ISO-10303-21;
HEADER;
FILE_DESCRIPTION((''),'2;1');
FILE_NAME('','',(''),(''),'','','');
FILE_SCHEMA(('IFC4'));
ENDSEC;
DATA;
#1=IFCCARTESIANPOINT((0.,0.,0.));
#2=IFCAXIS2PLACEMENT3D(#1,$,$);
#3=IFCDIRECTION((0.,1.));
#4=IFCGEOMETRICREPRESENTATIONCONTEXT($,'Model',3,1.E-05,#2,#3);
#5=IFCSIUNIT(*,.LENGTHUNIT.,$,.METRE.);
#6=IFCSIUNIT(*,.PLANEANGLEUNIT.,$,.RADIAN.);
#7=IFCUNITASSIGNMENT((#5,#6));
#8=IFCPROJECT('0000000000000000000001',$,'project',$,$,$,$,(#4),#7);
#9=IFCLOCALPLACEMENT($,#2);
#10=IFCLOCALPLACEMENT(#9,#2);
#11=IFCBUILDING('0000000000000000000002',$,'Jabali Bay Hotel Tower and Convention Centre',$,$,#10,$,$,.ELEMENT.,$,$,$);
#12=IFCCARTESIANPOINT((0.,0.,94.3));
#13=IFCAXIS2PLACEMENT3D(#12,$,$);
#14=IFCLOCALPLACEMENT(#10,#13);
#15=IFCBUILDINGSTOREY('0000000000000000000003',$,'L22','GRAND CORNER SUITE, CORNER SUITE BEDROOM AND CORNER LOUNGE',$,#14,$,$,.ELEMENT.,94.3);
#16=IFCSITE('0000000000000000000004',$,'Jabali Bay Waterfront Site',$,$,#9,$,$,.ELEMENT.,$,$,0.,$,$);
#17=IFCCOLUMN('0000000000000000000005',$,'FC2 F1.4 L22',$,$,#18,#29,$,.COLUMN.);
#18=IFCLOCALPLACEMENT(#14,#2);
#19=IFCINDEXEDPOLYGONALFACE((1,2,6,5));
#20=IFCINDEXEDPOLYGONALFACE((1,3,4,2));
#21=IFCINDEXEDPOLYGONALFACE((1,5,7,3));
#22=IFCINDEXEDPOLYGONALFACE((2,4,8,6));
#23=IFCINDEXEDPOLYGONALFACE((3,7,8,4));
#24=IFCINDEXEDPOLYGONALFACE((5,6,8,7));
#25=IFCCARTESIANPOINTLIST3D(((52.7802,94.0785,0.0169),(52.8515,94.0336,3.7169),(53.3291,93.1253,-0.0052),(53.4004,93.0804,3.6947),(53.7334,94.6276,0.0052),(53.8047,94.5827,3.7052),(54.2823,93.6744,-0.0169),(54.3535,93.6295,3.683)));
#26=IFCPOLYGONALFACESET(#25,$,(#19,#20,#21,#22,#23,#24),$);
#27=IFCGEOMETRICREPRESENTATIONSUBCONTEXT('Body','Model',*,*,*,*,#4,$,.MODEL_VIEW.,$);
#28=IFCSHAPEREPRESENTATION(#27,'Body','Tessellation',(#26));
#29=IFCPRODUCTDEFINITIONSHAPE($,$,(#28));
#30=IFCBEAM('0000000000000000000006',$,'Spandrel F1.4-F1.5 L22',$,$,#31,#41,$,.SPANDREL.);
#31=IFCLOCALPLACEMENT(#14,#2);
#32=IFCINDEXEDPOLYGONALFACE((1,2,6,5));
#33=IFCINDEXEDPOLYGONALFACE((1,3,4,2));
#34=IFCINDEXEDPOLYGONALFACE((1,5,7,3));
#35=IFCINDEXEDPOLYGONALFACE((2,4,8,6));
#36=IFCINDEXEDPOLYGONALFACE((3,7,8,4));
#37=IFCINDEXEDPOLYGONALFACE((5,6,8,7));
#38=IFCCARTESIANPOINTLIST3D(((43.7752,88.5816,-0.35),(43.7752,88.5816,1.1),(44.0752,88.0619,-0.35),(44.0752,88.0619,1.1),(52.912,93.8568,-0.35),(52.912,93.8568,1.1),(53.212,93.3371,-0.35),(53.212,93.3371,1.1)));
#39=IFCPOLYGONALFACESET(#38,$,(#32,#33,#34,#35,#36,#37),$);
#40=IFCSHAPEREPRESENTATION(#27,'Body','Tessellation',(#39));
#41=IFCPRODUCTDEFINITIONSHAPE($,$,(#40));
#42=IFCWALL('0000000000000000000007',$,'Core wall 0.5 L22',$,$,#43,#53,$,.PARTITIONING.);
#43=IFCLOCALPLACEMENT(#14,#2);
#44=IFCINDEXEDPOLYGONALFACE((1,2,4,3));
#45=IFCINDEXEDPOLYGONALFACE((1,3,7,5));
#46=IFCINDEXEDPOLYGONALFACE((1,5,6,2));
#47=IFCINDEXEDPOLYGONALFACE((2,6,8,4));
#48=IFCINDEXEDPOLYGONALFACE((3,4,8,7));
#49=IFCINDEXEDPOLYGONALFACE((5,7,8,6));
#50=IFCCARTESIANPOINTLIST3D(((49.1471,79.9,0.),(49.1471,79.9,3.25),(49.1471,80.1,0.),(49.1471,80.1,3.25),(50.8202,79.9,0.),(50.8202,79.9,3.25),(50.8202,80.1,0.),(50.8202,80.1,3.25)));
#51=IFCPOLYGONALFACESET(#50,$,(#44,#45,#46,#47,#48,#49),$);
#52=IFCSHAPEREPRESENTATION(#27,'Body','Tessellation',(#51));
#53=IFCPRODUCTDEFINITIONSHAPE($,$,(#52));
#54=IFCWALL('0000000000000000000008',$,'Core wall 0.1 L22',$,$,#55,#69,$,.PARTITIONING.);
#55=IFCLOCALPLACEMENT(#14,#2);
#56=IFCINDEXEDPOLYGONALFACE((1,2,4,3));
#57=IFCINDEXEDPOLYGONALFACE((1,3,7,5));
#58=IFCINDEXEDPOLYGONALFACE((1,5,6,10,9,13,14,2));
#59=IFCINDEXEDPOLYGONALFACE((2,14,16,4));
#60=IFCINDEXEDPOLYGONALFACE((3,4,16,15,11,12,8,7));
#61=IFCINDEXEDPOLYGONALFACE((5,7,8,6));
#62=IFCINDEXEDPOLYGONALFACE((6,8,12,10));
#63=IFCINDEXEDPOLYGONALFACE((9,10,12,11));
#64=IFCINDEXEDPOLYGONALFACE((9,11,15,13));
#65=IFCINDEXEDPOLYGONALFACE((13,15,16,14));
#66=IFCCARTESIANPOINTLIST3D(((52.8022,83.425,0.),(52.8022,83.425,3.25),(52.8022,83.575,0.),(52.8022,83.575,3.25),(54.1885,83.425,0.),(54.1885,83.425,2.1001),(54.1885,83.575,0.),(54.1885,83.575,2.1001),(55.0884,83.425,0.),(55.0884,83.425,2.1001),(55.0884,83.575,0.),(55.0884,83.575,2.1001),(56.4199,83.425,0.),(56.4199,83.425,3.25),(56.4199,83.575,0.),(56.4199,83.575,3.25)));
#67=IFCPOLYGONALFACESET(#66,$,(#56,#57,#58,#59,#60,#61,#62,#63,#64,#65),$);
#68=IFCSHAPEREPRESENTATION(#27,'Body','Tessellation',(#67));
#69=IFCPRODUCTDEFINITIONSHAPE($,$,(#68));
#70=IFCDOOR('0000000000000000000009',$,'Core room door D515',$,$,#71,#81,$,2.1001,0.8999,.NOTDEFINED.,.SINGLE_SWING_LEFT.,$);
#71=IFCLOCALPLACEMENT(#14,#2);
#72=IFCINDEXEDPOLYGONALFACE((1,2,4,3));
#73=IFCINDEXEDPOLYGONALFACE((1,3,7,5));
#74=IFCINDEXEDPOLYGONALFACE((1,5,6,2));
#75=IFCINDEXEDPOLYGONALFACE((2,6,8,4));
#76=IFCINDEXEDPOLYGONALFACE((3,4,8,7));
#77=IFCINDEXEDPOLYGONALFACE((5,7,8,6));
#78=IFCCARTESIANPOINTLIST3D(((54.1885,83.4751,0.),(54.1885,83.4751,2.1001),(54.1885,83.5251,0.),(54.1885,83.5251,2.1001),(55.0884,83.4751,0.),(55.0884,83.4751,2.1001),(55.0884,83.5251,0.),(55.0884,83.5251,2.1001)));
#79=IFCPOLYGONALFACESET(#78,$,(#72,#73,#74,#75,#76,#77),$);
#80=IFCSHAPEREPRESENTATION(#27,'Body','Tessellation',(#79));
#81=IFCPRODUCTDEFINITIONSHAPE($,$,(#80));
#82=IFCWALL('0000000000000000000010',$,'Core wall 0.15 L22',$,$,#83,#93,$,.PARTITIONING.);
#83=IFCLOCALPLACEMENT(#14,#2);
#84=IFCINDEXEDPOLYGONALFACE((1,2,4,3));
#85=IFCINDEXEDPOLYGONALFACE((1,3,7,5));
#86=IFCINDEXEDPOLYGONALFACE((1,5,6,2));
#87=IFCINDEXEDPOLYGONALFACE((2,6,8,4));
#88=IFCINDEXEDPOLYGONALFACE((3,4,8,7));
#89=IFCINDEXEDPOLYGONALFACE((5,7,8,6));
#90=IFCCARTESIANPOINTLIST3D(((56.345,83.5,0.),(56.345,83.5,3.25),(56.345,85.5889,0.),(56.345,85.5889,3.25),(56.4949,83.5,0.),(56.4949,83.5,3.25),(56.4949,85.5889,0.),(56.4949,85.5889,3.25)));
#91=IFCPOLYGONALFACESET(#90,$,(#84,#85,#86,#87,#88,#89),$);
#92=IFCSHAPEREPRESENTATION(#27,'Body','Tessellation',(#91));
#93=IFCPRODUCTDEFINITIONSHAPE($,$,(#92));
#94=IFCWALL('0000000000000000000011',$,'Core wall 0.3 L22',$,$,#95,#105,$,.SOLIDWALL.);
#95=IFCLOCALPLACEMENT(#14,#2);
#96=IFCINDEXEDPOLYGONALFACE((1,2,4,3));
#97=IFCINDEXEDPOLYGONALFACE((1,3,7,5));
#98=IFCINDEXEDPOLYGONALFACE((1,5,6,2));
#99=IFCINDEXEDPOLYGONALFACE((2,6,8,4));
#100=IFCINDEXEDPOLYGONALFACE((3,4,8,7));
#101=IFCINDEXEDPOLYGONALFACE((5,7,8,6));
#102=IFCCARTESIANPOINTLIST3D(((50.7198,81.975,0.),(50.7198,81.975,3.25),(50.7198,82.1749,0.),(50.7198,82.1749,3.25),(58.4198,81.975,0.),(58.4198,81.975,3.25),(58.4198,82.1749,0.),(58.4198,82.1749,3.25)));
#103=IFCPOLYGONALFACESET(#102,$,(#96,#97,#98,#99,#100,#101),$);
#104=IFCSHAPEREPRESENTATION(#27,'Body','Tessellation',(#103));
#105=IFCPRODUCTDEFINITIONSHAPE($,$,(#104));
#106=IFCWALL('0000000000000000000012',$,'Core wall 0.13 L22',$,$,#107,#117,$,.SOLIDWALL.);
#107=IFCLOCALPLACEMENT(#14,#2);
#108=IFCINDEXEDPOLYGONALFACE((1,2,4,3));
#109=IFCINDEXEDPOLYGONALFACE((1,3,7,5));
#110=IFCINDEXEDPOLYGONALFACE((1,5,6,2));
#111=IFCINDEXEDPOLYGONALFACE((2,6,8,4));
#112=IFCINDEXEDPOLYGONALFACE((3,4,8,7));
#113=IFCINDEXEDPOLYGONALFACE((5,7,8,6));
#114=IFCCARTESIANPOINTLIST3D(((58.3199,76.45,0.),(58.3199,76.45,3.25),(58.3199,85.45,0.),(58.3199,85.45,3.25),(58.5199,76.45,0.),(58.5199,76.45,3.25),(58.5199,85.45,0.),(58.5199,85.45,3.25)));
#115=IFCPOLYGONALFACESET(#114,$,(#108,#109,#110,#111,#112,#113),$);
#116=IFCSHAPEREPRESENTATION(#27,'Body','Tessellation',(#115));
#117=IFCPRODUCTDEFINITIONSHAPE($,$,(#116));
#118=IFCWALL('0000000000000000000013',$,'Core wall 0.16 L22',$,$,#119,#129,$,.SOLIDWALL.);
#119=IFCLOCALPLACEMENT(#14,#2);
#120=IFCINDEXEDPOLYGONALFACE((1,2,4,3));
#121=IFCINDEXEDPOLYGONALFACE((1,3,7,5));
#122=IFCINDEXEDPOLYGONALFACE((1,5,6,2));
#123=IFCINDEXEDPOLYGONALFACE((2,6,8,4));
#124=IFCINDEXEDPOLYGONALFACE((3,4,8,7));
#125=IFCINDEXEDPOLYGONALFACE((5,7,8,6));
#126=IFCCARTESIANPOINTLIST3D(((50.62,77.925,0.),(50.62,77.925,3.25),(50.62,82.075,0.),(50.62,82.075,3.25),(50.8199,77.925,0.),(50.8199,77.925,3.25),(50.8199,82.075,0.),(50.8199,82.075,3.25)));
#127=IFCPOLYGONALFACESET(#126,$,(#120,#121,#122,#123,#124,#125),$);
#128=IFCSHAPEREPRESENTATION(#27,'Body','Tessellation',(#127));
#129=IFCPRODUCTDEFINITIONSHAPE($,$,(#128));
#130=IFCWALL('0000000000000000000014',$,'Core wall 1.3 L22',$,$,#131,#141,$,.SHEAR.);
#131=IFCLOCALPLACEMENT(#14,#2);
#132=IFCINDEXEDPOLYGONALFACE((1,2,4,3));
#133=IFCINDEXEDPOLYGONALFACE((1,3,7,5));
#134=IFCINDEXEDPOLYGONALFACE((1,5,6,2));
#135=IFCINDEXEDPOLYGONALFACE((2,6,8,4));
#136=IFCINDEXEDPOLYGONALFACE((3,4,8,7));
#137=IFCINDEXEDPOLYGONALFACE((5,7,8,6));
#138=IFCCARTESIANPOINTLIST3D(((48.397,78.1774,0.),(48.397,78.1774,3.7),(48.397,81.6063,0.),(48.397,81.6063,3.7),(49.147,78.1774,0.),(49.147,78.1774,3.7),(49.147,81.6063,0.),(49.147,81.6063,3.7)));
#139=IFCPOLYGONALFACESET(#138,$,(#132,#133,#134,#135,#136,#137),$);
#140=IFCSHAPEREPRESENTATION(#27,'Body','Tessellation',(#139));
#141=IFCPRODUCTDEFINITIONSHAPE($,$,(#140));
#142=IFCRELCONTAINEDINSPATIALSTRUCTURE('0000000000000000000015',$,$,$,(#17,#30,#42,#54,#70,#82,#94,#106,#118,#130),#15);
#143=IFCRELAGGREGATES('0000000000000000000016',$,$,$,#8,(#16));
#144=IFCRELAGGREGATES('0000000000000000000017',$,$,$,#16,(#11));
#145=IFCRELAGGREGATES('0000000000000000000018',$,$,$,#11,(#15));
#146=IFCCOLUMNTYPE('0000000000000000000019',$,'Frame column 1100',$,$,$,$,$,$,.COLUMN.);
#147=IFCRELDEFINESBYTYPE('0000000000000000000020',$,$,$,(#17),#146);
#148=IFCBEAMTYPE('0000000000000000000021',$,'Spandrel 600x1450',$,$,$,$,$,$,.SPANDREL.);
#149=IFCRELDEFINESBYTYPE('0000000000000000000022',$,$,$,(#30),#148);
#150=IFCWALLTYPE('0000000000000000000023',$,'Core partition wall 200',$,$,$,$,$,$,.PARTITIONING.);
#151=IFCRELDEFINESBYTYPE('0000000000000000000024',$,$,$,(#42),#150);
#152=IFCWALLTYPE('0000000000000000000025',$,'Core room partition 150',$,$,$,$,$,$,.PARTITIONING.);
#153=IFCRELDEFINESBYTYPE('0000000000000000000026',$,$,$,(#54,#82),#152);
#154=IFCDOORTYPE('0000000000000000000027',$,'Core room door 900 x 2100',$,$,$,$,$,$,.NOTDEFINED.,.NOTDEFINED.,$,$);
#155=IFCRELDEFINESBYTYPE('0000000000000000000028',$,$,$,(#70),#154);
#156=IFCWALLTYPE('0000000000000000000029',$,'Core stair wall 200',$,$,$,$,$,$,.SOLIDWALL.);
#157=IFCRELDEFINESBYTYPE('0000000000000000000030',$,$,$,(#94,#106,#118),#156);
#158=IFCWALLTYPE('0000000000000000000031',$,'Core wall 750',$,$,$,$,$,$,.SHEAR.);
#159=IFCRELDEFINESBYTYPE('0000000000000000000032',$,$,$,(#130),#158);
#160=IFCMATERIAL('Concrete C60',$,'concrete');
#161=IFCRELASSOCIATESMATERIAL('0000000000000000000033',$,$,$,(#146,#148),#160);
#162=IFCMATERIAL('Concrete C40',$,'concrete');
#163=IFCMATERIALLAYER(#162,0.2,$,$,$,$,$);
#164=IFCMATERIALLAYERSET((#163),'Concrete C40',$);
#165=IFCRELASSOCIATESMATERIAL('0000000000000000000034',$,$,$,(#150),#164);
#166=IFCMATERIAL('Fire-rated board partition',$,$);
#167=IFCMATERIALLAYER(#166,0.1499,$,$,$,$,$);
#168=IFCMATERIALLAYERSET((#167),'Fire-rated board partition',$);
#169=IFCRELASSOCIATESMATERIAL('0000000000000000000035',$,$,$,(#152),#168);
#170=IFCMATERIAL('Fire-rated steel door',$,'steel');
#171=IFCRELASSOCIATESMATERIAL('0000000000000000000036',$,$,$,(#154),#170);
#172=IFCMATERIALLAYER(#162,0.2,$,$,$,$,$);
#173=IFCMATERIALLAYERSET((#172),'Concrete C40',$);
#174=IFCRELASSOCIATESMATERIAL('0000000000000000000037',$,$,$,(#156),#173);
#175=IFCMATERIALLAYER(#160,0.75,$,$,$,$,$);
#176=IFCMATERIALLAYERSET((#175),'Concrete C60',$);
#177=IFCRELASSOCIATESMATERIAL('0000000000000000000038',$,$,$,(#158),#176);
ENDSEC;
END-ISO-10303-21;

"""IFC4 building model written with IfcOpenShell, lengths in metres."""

from ifc_helpers import new_model, si_unit, direction, frame, frame_2d, origin, origin_2d, place, context, subcontext, project, spatial, rectangle, extrude, material, layer, layer_set, material_profile, profile_set, type_object, element, fill, save


model = new_model("IFC4")

# Units and contexts
model_context = context("Model", 3, precision=1e-05, world=origin(), true_north=direction((0.0, 1.0)))
body_context = subcontext(model_context, "Body", "Model", "MODEL_VIEW")
ifc_project = project(units=[si_unit("LENGTHUNIT", "METRE"), si_unit("PLANEANGLEUNIT", "RADIAN")], contexts=[model_context])

# Site, building, storey
site_placement = place(None, origin())
site = spatial("IfcSite", under=ifc_project, at=site_placement, Name="Jabali Bay Waterfront Site", CompositionType="ELEMENT", RefElevation=0.0)
building_placement = place(site_placement, origin())
building = spatial("IfcBuilding", under=site, at=building_placement, Name="Jabali Bay Hotel Tower and Convention Centre", CompositionType="ELEMENT")
storey_placement = place(building_placement, frame((0.0, 0.0, 94.3)))
storey = spatial("IfcBuildingStorey", under=building, at=storey_placement, Name="L22", Description="GRAND CORNER SUITE, CORNER SUITE BEDROOM AND CORNER LOUNGE", CompositionType="ELEMENT", Elevation=94.3)

# Column
ifc_material_1 = material(Name="Concrete C60", Category="concrete")
ifc_material_profile_1 = material_profile(ifc_material_1, rectangle(XDim=1.1001, YDim=1.1001, at=origin_2d()), Name="Frame column 1100")
ifc_profile_set_1 = profile_set([ifc_material_profile_1], Name="Concrete C60")
column_type = type_object("IfcColumnType", Name="Frame column 1100", PredefinedType="COLUMN", material=ifc_profile_set_1)
column_placement = place(storey_placement, frame((53.5312, 93.8765, 0.0), z_axis=(0.019263, -0.012138, 0.999741), x_axis=(-0.498875, 0.86644, 0.020132)))
element("IfcColumn", 1, at=column_placement, inside=storey, type_object=column_type, Name="FC2 F1.4 L22", PredefinedType="COLUMN", context=body_context, shape_type="SweptSolid", body=[
    extrude(rectangle(XDim=1.1001, YDim=1.1001, at=origin_2d()), origin(), (0.0, 0.0, 1.0), 3.7009),
])

# Beam
ifc_material_profile_2 = material_profile(ifc_material_1, rectangle(XDim=0.6001, YDim=1.45, at=origin_2d()), Name="Spandrel 600x1450")
ifc_profile_set_2 = profile_set([ifc_material_profile_2], Name="Concrete C60")
beam_type = type_object("IfcBeamType", Name="Spandrel 600x1450", PredefinedType="SPANDREL", material=ifc_profile_set_2)
beam_placement = place(storey_placement, frame((53.062, 93.5969, 0.375), z_axis=(-0.866023, -0.500004, 0.0), x_axis=(0.500004, -0.866023, 0.0)))
element("IfcBeam", 2, at=beam_placement, inside=storey, type_object=beam_type, Name="Spandrel F1.4-F1.5 L22", PredefinedType="SPANDREL", context=body_context, shape_type="SweptSolid", body=[
    extrude(rectangle(XDim=0.6001, YDim=1.45, at=origin_2d()), origin(), (0.0, 0.0, 1.0), 10.5503),
])

# Wall
ifc_material_2 = material(Name="Concrete C40", Category="concrete")
ifc_layer_1 = layer(ifc_material_2, 0.2)
ifc_layer_set_1 = layer_set([ifc_layer_1], Name="Concrete C40")
wall_type_1 = type_object("IfcWallType", Name="Core partition wall 200", PredefinedType="PARTITIONING", material=ifc_layer_set_1)
wall_1_placement = place(storey_placement, frame((50.8201, 80.0, 0.0), z_axis=(0.0, 0.0, 1.0), x_axis=(-1.0, 0.0, 0.0)))
element("IfcWall", 3, at=wall_1_placement, inside=storey, type_object=wall_type_1, Name="Core wall 0.5 L22", PredefinedType="PARTITIONING", context=body_context, shape_type="SweptSolid", body=[
    extrude(rectangle(XDim=1.6731, YDim=0.2, at=frame_2d((0.8364, 0.0))), origin(), (0.0, 0.0, 1.0), 3.25),
])

# Wall, opening, door
ifc_material_3 = material(Name="Fire-rated board partition")
ifc_layer_2 = layer(ifc_material_3, 0.1499)
ifc_layer_set_2 = layer_set([ifc_layer_2], Name="Fire-rated board partition")
wall_type_2 = type_object("IfcWallType", Name="Core room partition 150", PredefinedType="PARTITIONING", material=ifc_layer_set_2)
wall_2_placement = place(storey_placement, frame((56.4199, 83.5, 0.0), z_axis=(0.0, 0.0, 1.0), x_axis=(-1.0, 0.0, 0.0)))
wall_2 = element("IfcWall", 4, at=wall_2_placement, inside=storey, type_object=wall_type_2, Name="Core wall 0.1 L22", PredefinedType="PARTITIONING", context=body_context, shape_type="SweptSolid", body=[
    extrude(rectangle(XDim=3.6177, YDim=0.1499, at=frame_2d((1.8088, 0.0))), origin(), (0.0, 0.0, 1.0), 3.25),
])
opening_placement = place(wall_2_placement, frame((1.3315, 0.0, 0.0)))
opening = element("IfcOpeningElement", 5, at=opening_placement, cuts=wall_2, PredefinedType="OPENING", context=body_context, shape_type="SweptSolid", body=[
    extrude(rectangle(XDim=0.8999, YDim=2.1001, at=frame_2d((0.45, 1.05))), frame((0.0, 0.0854, 0.0), z_axis=(0.0, -1.0, 0.0), x_axis=(1.0, 0.0, 0.0)), (0.0, 0.0, 1.0), 0.1709),
])
ifc_material_4 = material(Name="Fire-rated steel door", Category="steel")
door_type = type_object("IfcDoorType", Name="Core room door 900 x 2100", OperationType="NOTDEFINED", PredefinedType="NOTDEFINED", material=ifc_material_4)
door_placement = place(opening_placement, origin())
door = element("IfcDoor", 6, at=door_placement, inside=storey, type_object=door_type, Name="Core room door D515", OperationType="SINGLE_SWING_LEFT", OverallHeight=2.1001, OverallWidth=0.8999, PredefinedType="NOTDEFINED", context=body_context, shape_type="SweptSolid", body=[
    extrude(rectangle(XDim=0.8999, YDim=2.1001, at=frame_2d((0.45, 1.05))), frame((0.0, 0.0249, 0.0), z_axis=(0.0, -1.0, 0.0), x_axis=(1.0, 0.0, 0.0)), (0.0, 0.0, 1.0), 0.05),
])
fill(opening, door)

# Walls
wall_3_placement = place(storey_placement, frame((56.4199, 85.5889, 0.0), z_axis=(0.0, 0.0, 1.0), x_axis=(0.0, -1.0, 0.0)))
element("IfcWall", 7, at=wall_3_placement, inside=storey, type_object=wall_type_2, Name="Core wall 0.15 L22", PredefinedType="PARTITIONING", context=body_context, shape_type="SweptSolid", body=[
    extrude(rectangle(XDim=2.0889, YDim=0.1499, at=frame_2d((1.0444, 0.0))), origin(), (0.0, 0.0, 1.0), 3.25),
])
ifc_layer_3 = layer(ifc_material_2, 0.2)
ifc_layer_set_3 = layer_set([ifc_layer_3], Name="Concrete C40")
wall_type_3 = type_object("IfcWallType", Name="Core stair wall 200", PredefinedType="SOLIDWALL", material=ifc_layer_set_3)
wall_4_placement = place(storey_placement, frame((58.4199, 82.075, 0.0), z_axis=(0.0, 0.0, 1.0), x_axis=(-1.0, 0.0, 0.0)))
element("IfcWall", 8, at=wall_4_placement, inside=storey, type_object=wall_type_3, Name="Core wall 0.3 L22", PredefinedType="SOLIDWALL", context=body_context, shape_type="SweptSolid", body=[
    extrude(rectangle(XDim=7.7, YDim=0.2, at=frame_2d((3.8501, 0.0))), origin(), (0.0, 0.0, 1.0), 3.25),
])
wall_5_placement = place(storey_placement, frame((58.4199, 85.45, 0.0), z_axis=(0.0, 0.0, 1.0), x_axis=(0.0, -1.0, 0.0)))
element("IfcWall", 9, at=wall_5_placement, inside=storey, type_object=wall_type_3, Name="Core wall 0.13 L22", PredefinedType="SOLIDWALL", context=body_context, shape_type="SweptSolid", body=[
    extrude(rectangle(XDim=9.0, YDim=0.2, at=frame_2d((4.5, 0.0))), origin(), (0.0, 0.0, 1.0), 3.25),
])
wall_6_placement = place(storey_placement, frame((50.72, 82.075, 0.0), z_axis=(0.0, 0.0, 1.0), x_axis=(0.0, -1.0, 0.0)))
element("IfcWall", 10, at=wall_6_placement, inside=storey, type_object=wall_type_3, Name="Core wall 0.16 L22", PredefinedType="SOLIDWALL", context=body_context, shape_type="SweptSolid", body=[
    extrude(rectangle(XDim=4.1499, YDim=0.2, at=frame_2d((2.075, 0.0))), origin(), (0.0, 0.0, 1.0), 3.25),
])
ifc_layer_4 = layer(ifc_material_1, 0.75)
ifc_layer_set_4 = layer_set([ifc_layer_4], Name="Concrete C60")
wall_type_4 = type_object("IfcWallType", Name="Core wall 750", PredefinedType="SHEAR", material=ifc_layer_set_4)
wall_7_placement = place(storey_placement, frame((48.772, 81.6062, 0.0), z_axis=(0.0, 0.0, 1.0), x_axis=(0.0, -1.0, 0.0)))
element("IfcWall", 11, at=wall_7_placement, inside=storey, type_object=wall_type_4, Name="Core wall 1.3 L22", PredefinedType="SHEAR", context=body_context, shape_type="SweptSolid", body=[
    extrude(rectangle(XDim=3.429, YDim=0.75, at=frame_2d((1.7144, 0.0))), origin(), (0.0, 0.0, 1.0), 3.7),
])

save(model, "model.ifc")
